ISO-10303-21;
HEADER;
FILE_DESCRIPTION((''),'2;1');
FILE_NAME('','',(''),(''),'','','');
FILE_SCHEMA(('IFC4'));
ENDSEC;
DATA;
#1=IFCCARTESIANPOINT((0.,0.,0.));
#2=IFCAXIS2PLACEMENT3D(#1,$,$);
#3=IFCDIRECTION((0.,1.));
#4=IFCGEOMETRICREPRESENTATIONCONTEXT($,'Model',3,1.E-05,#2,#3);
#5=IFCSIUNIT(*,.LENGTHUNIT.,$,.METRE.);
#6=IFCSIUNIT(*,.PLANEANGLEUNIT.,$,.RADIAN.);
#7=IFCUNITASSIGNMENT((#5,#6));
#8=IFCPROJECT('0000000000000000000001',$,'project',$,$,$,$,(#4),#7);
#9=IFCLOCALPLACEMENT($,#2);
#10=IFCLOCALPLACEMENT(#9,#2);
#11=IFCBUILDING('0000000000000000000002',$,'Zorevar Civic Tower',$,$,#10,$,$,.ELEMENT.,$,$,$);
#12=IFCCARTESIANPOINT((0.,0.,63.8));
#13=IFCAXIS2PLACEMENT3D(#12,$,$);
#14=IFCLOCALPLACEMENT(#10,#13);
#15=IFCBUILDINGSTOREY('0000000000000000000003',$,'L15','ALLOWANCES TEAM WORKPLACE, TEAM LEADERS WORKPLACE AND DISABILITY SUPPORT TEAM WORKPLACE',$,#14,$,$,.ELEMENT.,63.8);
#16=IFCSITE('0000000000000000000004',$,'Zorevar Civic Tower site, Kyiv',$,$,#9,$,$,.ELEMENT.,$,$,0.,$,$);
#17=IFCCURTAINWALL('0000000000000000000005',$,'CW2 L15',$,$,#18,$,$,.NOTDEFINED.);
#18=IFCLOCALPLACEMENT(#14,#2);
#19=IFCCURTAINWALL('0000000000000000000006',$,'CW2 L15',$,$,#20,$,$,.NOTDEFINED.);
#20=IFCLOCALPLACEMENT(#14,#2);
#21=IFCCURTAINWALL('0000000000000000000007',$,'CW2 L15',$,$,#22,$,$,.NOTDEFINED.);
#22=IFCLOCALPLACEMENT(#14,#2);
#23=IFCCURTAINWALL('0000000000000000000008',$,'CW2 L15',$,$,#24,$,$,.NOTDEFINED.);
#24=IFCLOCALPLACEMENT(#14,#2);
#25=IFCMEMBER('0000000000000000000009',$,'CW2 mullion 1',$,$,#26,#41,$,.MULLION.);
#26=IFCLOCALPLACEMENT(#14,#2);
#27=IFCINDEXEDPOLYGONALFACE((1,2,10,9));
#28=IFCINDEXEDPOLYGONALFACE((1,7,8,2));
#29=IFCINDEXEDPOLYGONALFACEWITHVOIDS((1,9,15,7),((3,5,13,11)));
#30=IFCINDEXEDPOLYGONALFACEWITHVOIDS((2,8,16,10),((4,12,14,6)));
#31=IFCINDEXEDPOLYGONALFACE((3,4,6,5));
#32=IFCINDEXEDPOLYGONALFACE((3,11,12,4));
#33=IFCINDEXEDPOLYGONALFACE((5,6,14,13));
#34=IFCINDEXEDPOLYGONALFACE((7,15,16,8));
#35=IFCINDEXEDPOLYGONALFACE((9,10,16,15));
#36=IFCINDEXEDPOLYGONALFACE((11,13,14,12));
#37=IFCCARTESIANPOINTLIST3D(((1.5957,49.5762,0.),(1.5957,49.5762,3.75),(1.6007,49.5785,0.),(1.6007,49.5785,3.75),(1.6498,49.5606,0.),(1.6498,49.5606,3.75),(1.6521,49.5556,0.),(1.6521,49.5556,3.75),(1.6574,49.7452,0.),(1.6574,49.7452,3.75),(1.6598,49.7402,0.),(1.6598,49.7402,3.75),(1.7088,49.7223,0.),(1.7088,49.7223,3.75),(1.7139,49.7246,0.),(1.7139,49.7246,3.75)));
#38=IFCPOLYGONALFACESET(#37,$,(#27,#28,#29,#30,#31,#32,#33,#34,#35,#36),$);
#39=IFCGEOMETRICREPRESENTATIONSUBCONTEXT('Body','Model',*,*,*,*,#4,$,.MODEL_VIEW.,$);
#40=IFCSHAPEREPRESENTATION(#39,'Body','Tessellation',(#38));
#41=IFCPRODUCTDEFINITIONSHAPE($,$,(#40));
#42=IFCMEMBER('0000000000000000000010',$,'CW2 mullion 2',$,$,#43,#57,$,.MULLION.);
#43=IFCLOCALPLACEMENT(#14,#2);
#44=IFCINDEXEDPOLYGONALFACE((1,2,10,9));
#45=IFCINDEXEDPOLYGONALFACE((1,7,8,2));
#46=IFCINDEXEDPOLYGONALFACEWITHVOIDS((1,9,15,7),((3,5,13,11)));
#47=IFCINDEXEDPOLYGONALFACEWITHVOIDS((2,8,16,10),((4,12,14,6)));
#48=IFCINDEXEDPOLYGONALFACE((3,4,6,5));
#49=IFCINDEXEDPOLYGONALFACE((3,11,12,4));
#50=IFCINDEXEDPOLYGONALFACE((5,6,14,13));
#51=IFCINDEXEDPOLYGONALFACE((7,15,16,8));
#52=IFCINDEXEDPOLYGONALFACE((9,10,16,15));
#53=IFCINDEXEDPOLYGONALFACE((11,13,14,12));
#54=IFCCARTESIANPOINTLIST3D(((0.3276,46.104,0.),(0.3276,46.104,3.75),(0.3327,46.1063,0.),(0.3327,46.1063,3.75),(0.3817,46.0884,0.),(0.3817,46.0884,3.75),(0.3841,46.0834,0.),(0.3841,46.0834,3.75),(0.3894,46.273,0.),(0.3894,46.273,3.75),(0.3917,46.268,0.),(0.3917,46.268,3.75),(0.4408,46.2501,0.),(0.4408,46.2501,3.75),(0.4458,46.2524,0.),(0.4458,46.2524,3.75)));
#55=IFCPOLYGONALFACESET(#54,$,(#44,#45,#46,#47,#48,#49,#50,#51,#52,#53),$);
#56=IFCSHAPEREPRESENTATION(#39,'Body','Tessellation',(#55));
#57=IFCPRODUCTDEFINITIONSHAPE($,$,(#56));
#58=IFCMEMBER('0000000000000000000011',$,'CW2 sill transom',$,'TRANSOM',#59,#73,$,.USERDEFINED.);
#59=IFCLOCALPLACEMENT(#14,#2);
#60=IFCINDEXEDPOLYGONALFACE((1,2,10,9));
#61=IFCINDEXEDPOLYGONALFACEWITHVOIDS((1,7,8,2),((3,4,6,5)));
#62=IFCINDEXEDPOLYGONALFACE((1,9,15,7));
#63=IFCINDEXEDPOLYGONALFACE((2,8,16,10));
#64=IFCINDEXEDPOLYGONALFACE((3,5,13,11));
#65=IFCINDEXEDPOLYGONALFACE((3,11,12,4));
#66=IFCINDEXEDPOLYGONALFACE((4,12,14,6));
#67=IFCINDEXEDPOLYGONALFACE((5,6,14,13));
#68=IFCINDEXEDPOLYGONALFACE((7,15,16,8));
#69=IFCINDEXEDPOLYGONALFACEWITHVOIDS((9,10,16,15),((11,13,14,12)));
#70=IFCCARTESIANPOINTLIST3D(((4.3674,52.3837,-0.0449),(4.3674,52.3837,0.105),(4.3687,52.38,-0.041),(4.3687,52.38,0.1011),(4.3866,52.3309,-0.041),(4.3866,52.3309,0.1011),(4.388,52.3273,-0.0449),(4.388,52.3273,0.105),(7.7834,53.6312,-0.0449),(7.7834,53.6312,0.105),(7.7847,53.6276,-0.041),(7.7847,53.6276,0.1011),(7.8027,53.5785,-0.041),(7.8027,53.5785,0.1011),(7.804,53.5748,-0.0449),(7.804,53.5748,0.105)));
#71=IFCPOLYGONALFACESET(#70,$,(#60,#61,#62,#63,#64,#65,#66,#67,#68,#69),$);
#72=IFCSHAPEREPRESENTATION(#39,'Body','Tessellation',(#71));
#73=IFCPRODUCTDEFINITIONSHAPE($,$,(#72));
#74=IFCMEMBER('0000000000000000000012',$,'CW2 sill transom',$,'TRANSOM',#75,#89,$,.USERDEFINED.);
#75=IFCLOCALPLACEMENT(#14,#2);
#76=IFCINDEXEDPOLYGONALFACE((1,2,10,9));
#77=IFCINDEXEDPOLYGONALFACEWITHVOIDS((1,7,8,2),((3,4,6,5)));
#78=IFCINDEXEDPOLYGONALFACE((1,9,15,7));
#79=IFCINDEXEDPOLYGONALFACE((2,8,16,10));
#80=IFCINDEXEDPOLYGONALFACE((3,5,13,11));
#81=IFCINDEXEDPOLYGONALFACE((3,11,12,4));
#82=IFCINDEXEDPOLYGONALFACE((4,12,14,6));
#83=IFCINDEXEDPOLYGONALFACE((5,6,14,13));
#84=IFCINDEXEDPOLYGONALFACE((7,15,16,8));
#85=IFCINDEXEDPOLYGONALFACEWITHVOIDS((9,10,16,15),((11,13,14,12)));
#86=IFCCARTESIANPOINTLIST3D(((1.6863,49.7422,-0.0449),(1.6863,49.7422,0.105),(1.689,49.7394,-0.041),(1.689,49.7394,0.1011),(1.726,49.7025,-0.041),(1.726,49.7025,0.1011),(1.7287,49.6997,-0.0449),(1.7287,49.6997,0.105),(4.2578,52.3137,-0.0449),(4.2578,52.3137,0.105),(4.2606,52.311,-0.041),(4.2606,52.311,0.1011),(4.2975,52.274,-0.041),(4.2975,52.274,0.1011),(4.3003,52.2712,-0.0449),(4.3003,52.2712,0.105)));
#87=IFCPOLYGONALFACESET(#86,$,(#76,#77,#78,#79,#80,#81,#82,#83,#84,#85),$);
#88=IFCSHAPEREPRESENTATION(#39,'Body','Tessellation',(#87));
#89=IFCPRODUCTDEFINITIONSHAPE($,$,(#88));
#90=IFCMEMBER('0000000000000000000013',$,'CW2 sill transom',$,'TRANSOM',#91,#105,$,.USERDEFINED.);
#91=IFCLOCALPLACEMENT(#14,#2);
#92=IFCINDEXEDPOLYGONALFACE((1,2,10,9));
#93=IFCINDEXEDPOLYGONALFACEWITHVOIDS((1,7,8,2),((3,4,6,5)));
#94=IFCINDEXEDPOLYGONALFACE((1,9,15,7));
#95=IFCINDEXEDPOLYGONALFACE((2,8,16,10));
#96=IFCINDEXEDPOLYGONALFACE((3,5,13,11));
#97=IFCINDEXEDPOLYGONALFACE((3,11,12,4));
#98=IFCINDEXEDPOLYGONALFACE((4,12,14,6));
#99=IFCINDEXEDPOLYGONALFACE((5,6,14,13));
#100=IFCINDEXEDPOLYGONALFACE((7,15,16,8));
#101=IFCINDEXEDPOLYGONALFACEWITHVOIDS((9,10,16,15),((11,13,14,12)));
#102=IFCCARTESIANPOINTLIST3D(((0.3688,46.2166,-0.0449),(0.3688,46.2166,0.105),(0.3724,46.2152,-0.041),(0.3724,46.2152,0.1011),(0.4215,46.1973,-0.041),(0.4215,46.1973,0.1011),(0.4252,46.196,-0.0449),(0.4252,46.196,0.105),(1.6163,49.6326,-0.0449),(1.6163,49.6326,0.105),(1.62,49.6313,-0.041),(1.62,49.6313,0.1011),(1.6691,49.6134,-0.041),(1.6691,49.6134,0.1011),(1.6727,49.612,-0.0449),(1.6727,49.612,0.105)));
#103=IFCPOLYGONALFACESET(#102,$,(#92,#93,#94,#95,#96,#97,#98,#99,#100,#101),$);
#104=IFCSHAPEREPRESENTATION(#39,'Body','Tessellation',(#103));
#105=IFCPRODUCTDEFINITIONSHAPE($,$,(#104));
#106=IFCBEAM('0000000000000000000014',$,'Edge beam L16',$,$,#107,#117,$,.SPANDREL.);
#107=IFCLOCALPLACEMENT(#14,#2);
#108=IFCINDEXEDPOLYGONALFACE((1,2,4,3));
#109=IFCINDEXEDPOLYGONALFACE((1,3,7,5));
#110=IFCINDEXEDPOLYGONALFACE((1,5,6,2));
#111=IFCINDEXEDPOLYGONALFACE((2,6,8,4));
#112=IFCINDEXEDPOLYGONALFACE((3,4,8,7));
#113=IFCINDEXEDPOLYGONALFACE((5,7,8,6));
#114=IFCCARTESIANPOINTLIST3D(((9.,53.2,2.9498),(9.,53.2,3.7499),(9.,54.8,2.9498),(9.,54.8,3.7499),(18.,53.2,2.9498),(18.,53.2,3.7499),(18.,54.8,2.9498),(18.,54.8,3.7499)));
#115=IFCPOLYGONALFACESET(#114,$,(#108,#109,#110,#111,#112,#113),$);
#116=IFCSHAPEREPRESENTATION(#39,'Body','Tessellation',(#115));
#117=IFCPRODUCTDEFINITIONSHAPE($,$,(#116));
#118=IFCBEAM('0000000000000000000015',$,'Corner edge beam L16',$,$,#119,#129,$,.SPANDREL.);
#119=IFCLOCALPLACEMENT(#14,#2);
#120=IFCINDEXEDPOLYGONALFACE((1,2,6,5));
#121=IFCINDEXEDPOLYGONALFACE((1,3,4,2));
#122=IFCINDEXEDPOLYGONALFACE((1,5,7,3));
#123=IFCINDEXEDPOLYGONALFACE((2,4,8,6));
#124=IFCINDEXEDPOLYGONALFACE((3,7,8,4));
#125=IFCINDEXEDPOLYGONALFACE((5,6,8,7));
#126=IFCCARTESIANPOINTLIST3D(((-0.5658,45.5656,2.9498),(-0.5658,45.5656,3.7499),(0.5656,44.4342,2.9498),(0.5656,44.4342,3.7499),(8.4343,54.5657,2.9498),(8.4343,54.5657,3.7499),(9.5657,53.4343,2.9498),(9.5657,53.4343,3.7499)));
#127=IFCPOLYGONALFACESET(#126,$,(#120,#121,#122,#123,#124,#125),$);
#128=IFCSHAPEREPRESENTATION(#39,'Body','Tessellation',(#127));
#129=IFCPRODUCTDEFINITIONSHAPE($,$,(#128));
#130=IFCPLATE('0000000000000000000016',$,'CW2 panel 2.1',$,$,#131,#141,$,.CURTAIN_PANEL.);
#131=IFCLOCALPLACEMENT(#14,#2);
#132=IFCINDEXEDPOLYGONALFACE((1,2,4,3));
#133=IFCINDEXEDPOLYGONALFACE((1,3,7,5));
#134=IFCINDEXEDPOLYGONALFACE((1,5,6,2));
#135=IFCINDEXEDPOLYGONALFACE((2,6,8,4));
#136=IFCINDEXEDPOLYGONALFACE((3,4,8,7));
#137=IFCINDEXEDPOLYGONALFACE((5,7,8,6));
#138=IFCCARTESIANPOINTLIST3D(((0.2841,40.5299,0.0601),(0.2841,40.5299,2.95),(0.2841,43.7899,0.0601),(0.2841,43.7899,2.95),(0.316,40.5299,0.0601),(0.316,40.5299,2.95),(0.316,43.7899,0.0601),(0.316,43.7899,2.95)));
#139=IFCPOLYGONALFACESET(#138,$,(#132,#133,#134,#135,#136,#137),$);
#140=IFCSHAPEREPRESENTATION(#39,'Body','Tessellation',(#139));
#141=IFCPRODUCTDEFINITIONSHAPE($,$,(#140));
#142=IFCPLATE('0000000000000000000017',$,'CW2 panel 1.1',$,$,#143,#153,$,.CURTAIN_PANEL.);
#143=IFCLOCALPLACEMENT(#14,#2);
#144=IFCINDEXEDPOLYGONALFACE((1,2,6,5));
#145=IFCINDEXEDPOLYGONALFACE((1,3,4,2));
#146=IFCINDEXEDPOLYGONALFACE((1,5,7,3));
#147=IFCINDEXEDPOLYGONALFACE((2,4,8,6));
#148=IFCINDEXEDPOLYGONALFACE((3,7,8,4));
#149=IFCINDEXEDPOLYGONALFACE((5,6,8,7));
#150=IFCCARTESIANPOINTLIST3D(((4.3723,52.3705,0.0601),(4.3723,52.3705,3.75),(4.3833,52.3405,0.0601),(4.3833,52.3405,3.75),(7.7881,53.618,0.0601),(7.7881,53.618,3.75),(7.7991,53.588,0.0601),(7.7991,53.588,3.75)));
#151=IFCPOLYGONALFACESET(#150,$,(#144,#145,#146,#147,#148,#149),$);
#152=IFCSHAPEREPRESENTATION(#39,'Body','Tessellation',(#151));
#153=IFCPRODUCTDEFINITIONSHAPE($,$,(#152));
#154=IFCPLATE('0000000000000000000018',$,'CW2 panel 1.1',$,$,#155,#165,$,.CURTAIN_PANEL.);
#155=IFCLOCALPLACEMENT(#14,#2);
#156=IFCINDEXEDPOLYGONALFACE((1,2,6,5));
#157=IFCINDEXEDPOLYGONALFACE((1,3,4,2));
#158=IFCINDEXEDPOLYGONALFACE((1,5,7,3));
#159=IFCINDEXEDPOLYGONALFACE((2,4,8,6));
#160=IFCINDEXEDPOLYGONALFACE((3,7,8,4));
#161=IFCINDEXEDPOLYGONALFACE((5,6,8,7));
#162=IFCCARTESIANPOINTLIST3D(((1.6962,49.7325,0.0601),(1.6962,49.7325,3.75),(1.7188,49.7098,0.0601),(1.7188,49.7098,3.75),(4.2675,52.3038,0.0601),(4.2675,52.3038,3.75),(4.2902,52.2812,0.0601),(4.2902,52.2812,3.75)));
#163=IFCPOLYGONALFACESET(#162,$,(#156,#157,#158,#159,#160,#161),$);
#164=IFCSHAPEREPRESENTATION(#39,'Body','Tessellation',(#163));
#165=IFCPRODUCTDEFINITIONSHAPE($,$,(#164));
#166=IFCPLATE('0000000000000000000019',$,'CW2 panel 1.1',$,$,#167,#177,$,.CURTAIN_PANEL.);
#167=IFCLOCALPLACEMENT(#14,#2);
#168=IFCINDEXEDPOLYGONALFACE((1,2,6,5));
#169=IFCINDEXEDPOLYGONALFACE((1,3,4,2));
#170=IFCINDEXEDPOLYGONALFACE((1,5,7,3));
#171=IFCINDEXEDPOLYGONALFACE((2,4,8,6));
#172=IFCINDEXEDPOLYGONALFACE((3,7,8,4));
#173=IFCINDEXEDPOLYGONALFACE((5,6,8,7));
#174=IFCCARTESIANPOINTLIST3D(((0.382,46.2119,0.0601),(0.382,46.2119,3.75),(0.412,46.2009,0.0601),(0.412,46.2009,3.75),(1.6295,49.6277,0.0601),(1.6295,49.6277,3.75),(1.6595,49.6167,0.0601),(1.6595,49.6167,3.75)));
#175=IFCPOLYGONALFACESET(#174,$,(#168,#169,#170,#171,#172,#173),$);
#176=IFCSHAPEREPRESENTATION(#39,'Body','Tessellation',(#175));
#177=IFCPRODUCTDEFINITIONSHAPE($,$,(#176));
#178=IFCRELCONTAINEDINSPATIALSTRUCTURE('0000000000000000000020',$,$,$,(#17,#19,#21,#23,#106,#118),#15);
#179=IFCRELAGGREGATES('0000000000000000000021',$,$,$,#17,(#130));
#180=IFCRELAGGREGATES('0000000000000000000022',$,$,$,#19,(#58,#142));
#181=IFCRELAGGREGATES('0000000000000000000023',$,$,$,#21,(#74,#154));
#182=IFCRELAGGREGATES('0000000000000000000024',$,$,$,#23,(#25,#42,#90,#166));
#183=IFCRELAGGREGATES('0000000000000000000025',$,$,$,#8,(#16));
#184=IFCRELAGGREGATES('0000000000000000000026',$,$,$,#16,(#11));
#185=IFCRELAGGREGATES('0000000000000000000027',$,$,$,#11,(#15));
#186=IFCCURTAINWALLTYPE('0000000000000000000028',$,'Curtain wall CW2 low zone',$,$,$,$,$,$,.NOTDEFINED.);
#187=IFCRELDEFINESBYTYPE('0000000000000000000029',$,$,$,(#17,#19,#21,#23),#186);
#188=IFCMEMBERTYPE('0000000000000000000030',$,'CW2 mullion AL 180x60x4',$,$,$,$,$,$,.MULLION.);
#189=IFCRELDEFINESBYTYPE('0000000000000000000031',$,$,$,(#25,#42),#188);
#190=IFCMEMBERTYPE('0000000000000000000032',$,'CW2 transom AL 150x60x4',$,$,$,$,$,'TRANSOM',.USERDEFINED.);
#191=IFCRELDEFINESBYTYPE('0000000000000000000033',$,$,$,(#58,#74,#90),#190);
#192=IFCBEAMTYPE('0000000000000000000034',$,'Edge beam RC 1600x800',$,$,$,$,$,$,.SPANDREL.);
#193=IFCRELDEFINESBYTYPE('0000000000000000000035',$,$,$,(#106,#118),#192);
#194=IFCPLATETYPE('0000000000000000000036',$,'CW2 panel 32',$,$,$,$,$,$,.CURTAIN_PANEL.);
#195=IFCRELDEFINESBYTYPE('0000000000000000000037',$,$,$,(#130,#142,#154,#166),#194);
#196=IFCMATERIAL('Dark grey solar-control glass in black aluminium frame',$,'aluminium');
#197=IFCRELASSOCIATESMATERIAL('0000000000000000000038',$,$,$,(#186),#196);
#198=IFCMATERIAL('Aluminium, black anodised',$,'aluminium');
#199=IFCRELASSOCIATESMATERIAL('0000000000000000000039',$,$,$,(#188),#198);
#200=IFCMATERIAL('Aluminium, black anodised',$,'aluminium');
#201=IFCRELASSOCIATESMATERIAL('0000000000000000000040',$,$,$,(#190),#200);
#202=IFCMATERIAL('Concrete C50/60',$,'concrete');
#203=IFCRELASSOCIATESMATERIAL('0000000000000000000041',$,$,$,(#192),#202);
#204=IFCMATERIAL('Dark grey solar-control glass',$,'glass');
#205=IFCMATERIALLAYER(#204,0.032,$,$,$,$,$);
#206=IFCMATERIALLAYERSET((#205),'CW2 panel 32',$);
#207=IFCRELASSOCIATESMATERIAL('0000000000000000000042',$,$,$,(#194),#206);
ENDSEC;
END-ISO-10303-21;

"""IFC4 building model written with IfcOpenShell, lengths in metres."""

from ifc_helpers import new_model, si_unit, direction, frame, origin, origin_2d, place, context, subcontext, project, spatial, rectangle, hollow_rectangle, extrude, material, layer, layer_set, material_profile, profile_set, type_object, element, aggregate, save


model = new_model("IFC4")

# Units and contexts
model_context = context("Model", 3, precision=1e-05, world=origin(), true_north=direction((0.0, 1.0)))
body_context = subcontext(model_context, "Body", "Model", "MODEL_VIEW")
ifc_project = project(units=[si_unit("LENGTHUNIT", "METRE"), si_unit("PLANEANGLEUNIT", "RADIAN")], contexts=[model_context])

# Site, building, storey
site_placement = place(None, origin())
site = spatial("IfcSite", under=ifc_project, at=site_placement, Name="Zorevar Civic Tower site, Kyiv", CompositionType="ELEMENT", RefElevation=0.0)
building_placement = place(site_placement, origin())
building = spatial("IfcBuilding", under=site, at=building_placement, Name="Zorevar Civic Tower", CompositionType="ELEMENT")
storey_placement = place(building_placement, frame((0.0, 0.0, 63.8)))
storey = spatial("IfcBuildingStorey", under=building, at=storey_placement, Name="L15", Description="ALLOWANCES TEAM WORKPLACE, TEAM LEADERS WORKPLACE AND DISABILITY SUPPORT TEAM WORKPLACE", CompositionType="ELEMENT", Elevation=63.8)

# Curtain wall
ifc_material_1 = material(Name="Dark grey solar-control glass in black aluminium frame", Category="aluminium")
curtain_wall_type = type_object("IfcCurtainWallType", Name="Curtain wall CW2 low zone", PredefinedType="NOTDEFINED", material=ifc_material_1)
curtain_wall_1_placement = place(storey_placement, origin())
curtain_wall_1 = element("IfcCurtainWall", 1, at=curtain_wall_1_placement, inside=storey, type_object=curtain_wall_type, Name="CW2 L15", PredefinedType="NOTDEFINED")
ifc_material_2 = material(Name="Aluminium, black anodised", Category="aluminium")
ifc_material_profile_1 = material_profile(ifc_material_2, hollow_rectangle(XDim=0.0601, YDim=0.1799, WallThickness=0.0039, at=origin_2d()), Name="AL 180x60x4")
ifc_profile_set_1 = profile_set([ifc_material_profile_1], Name="Aluminium, black anodised")
member_type_1 = type_object("IfcMemberType", Name="CW2 mullion AL 180x60x4", PredefinedType="MULLION", material=ifc_profile_set_1)

# Curtain walls, members
curtain_wall_2_placement = place(storey_placement, origin())
curtain_wall_2 = element("IfcCurtainWall", 2, at=curtain_wall_2_placement, inside=storey, type_object=curtain_wall_type, Name="CW2 L15", PredefinedType="NOTDEFINED")
curtain_wall_3_placement = place(storey_placement, origin())
curtain_wall_3 = element("IfcCurtainWall", 3, at=curtain_wall_3_placement, inside=storey, type_object=curtain_wall_type, Name="CW2 L15", PredefinedType="NOTDEFINED")
curtain_wall_4_placement = place(storey_placement, origin())
curtain_wall_4 = element("IfcCurtainWall", 4, at=curtain_wall_4_placement, inside=storey, type_object=curtain_wall_type, Name="CW2 L15", PredefinedType="NOTDEFINED")
member_1_placement = place(storey_placement, frame((1.6548, 49.6504, 0.0), z_axis=(0.0, 0.0, 1.0), x_axis=(0.939313, -0.34306, 0.0)))
member_1 = element("IfcMember", 5, at=member_1_placement, type_object=member_type_1, Name="CW2 mullion 1", PredefinedType="MULLION", context=body_context, shape_type="SweptSolid", body=[
    extrude(hollow_rectangle(XDim=0.0601, YDim=0.1799, WallThickness=0.0039, at=origin_2d()), origin(), (0.0, 0.0, 1.0), 3.75),
])
member_2_placement = place(storey_placement, frame((0.3867, 46.1782, 0.0), z_axis=(0.0, 0.0, 1.0), x_axis=(0.939313, -0.34306, 0.0)))
member_2 = element("IfcMember", 6, at=member_2_placement, type_object=member_type_1, Name="CW2 mullion 2", PredefinedType="MULLION", context=body_context, shape_type="SweptSolid", body=[
    extrude(hollow_rectangle(XDim=0.0601, YDim=0.1799, WallThickness=0.0039, at=origin_2d()), origin(), (0.0, 0.0, 1.0), 3.75),
])

# Members
ifc_material_3 = material(Name="Aluminium, black anodised", Category="aluminium")
ifc_material_profile_2 = material_profile(ifc_material_3, hollow_rectangle(XDim=0.0601, YDim=0.1499, WallThickness=0.0039, at=origin_2d()), Name="AL 150x60x4")
ifc_profile_set_2 = profile_set([ifc_material_profile_2], Name="Aluminium, black anodised")
member_type_2 = type_object("IfcMemberType", Name="CW2 transom AL 150x60x4", ElementType="TRANSOM", PredefinedType="USERDEFINED", material=ifc_profile_set_2)
member_3_placement = place(storey_placement, frame((7.7937, 53.603, 0.03), z_axis=(-0.939318, -0.343047, 0.0), x_axis=(0.343047, -0.939318, 0.0)))
member_3 = element("IfcMember", 7, at=member_3_placement, type_object=member_type_2, Name="CW2 sill transom", ObjectType="TRANSOM", PredefinedType="USERDEFINED", context=body_context, shape_type="SweptSolid", body=[
    extrude(hollow_rectangle(XDim=0.0601, YDim=0.1499, WallThickness=0.0039, at=origin_2d()), origin(), (0.0, 0.0, 1.0), 3.6367),
])
member_4_placement = place(storey_placement, frame((4.2791, 52.2925, 0.03), z_axis=(-0.707107, -0.707107, 0.0), x_axis=(0.707107, -0.707107, 0.0)))
member_4 = element("IfcMember", 8, at=member_4_placement, type_object=member_type_2, Name="CW2 sill transom", ObjectType="TRANSOM", PredefinedType="USERDEFINED", context=body_context, shape_type="SweptSolid", body=[
    extrude(hollow_rectangle(XDim=0.0601, YDim=0.1499, WallThickness=0.0039, at=origin_2d()), origin(), (0.0, 0.0, 1.0), 3.6367),
])
member_5_placement = place(storey_placement, frame((1.6445, 49.6223, 0.03), z_axis=(-0.343047, -0.939318, 0.0), x_axis=(0.939318, -0.343047, 0.0)))
member_5 = element("IfcMember", 9, at=member_5_placement, type_object=member_type_2, Name="CW2 sill transom", ObjectType="TRANSOM", PredefinedType="USERDEFINED", context=body_context, shape_type="SweptSolid", body=[
    extrude(hollow_rectangle(XDim=0.0601, YDim=0.1499, WallThickness=0.0039, at=origin_2d()), origin(), (0.0, 0.0, 1.0), 3.6367),
])

# Beams
ifc_material_4 = material(Name="Concrete C50/60", Category="concrete")
ifc_material_profile_3 = material_profile(ifc_material_4, rectangle(XDim=1.6001, YDim=0.8, at=origin_2d()), Name="RC 1600x800")
ifc_profile_set_3 = profile_set([ifc_material_profile_3], Name="Concrete C50/60")
beam_type_1 = type_object("IfcBeamType", Name="Edge beam RC 1600x800", PredefinedType="SPANDREL", material=ifc_profile_set_3)
beam_1_placement = place(storey_placement, frame((9.0, 54.0, 3.3499), z_axis=(1.0, 0.0, 0.0), x_axis=(0.0, 1.0, 0.0)))
element("IfcBeam", 10, at=beam_1_placement, inside=storey, type_object=beam_type_1, Name="Edge beam L16", PredefinedType="SPANDREL", context=body_context, shape_type="SweptSolid", body=[
    extrude(rectangle(XDim=1.6001, YDim=0.8, at=origin_2d()), origin(), (0.0, 0.0, 1.0), 9.0),
])
beam_2_placement = place(storey_placement, frame((9.0, 54.0, 3.3499), z_axis=(-0.707107, -0.707107, 0.0), x_axis=(0.707107, -0.707107, 0.0)))
element("IfcBeam", 11, at=beam_2_placement, inside=storey, type_object=beam_type_1, Name="Corner edge beam L16", PredefinedType="SPANDREL", context=body_context, shape_type="SweptSolid", body=[
    extrude(rectangle(XDim=1.6001, YDim=0.8, at=origin_2d()), origin(), (0.0, 0.0, 1.0), 12.728),
])

# Plates
ifc_material_5 = material(Name="Dark grey solar-control glass", Category="glass")
ifc_layer_1 = layer(ifc_material_5, 0.032)
ifc_layer_set_1 = layer_set([ifc_layer_1], Name="CW2 panel 32")
plate_type = type_object("IfcPlateType", Name="CW2 panel 32", PredefinedType="CURTAIN_PANEL", material=ifc_layer_set_1)
plate_1_placement = place(storey_placement, frame((0.3, 42.1599, 0.0601), z_axis=(0.0, 0.0, 1.0), x_axis=(0.0, 1.0, 0.0)))
plate_1 = element("IfcPlate", 12, at=plate_1_placement, type_object=plate_type, Name="CW2 panel 2.1", PredefinedType="CURTAIN_PANEL", context=body_context, shape_type="SweptSolid", body=[
    extrude(rectangle(XDim=3.26, YDim=0.032, at=origin_2d()), origin(), (0.0, 0.0, 1.0), 2.8899),
])
aggregate(curtain_wall_1, [plate_1])
plate_2_placement = place(storey_placement, frame((6.0857, 52.9792, 0.0601), z_axis=(0.0, 0.0, 1.0), x_axis=(-0.939313, -0.34306, 0.0)))
plate_2 = element("IfcPlate", 13, at=plate_2_placement, type_object=plate_type, Name="CW2 panel 1.1", PredefinedType="CURTAIN_PANEL", context=body_context, shape_type="SweptSolid", body=[
    extrude(rectangle(XDim=3.6365, YDim=0.032, at=origin_2d()), origin(), (0.0, 0.0, 1.0), 3.6899),
])
aggregate(curtain_wall_2, [member_3, plate_2])
plate_3_placement = place(storey_placement, frame((2.9932, 51.0068, 0.0601), z_axis=(0.0, 0.0, 1.0), x_axis=(-0.707107, -0.707107, 0.0)))
plate_3 = element("IfcPlate", 14, at=plate_3_placement, type_object=plate_type, Name="CW2 panel 1.1", PredefinedType="CURTAIN_PANEL", context=body_context, shape_type="SweptSolid", body=[
    extrude(rectangle(XDim=3.6365, YDim=0.032, at=origin_2d()), origin(), (0.0, 0.0, 1.0), 3.6899),
])
aggregate(curtain_wall_3, [member_4, plate_3])
plate_4_placement = place(storey_placement, frame((1.0208, 47.9143, 0.0601), z_axis=(0.0, 0.0, 1.0), x_axis=(-0.34306, -0.939313, 0.0)))
plate_4 = element("IfcPlate", 15, at=plate_4_placement, type_object=plate_type, Name="CW2 panel 1.1", PredefinedType="CURTAIN_PANEL", context=body_context, shape_type="SweptSolid", body=[
    extrude(rectangle(XDim=3.6365, YDim=0.032, at=origin_2d()), origin(), (0.0, 0.0, 1.0), 3.6899),
])
aggregate(curtain_wall_4, [member_1, member_2, member_5, plate_4])

save(model, "model.ifc")
